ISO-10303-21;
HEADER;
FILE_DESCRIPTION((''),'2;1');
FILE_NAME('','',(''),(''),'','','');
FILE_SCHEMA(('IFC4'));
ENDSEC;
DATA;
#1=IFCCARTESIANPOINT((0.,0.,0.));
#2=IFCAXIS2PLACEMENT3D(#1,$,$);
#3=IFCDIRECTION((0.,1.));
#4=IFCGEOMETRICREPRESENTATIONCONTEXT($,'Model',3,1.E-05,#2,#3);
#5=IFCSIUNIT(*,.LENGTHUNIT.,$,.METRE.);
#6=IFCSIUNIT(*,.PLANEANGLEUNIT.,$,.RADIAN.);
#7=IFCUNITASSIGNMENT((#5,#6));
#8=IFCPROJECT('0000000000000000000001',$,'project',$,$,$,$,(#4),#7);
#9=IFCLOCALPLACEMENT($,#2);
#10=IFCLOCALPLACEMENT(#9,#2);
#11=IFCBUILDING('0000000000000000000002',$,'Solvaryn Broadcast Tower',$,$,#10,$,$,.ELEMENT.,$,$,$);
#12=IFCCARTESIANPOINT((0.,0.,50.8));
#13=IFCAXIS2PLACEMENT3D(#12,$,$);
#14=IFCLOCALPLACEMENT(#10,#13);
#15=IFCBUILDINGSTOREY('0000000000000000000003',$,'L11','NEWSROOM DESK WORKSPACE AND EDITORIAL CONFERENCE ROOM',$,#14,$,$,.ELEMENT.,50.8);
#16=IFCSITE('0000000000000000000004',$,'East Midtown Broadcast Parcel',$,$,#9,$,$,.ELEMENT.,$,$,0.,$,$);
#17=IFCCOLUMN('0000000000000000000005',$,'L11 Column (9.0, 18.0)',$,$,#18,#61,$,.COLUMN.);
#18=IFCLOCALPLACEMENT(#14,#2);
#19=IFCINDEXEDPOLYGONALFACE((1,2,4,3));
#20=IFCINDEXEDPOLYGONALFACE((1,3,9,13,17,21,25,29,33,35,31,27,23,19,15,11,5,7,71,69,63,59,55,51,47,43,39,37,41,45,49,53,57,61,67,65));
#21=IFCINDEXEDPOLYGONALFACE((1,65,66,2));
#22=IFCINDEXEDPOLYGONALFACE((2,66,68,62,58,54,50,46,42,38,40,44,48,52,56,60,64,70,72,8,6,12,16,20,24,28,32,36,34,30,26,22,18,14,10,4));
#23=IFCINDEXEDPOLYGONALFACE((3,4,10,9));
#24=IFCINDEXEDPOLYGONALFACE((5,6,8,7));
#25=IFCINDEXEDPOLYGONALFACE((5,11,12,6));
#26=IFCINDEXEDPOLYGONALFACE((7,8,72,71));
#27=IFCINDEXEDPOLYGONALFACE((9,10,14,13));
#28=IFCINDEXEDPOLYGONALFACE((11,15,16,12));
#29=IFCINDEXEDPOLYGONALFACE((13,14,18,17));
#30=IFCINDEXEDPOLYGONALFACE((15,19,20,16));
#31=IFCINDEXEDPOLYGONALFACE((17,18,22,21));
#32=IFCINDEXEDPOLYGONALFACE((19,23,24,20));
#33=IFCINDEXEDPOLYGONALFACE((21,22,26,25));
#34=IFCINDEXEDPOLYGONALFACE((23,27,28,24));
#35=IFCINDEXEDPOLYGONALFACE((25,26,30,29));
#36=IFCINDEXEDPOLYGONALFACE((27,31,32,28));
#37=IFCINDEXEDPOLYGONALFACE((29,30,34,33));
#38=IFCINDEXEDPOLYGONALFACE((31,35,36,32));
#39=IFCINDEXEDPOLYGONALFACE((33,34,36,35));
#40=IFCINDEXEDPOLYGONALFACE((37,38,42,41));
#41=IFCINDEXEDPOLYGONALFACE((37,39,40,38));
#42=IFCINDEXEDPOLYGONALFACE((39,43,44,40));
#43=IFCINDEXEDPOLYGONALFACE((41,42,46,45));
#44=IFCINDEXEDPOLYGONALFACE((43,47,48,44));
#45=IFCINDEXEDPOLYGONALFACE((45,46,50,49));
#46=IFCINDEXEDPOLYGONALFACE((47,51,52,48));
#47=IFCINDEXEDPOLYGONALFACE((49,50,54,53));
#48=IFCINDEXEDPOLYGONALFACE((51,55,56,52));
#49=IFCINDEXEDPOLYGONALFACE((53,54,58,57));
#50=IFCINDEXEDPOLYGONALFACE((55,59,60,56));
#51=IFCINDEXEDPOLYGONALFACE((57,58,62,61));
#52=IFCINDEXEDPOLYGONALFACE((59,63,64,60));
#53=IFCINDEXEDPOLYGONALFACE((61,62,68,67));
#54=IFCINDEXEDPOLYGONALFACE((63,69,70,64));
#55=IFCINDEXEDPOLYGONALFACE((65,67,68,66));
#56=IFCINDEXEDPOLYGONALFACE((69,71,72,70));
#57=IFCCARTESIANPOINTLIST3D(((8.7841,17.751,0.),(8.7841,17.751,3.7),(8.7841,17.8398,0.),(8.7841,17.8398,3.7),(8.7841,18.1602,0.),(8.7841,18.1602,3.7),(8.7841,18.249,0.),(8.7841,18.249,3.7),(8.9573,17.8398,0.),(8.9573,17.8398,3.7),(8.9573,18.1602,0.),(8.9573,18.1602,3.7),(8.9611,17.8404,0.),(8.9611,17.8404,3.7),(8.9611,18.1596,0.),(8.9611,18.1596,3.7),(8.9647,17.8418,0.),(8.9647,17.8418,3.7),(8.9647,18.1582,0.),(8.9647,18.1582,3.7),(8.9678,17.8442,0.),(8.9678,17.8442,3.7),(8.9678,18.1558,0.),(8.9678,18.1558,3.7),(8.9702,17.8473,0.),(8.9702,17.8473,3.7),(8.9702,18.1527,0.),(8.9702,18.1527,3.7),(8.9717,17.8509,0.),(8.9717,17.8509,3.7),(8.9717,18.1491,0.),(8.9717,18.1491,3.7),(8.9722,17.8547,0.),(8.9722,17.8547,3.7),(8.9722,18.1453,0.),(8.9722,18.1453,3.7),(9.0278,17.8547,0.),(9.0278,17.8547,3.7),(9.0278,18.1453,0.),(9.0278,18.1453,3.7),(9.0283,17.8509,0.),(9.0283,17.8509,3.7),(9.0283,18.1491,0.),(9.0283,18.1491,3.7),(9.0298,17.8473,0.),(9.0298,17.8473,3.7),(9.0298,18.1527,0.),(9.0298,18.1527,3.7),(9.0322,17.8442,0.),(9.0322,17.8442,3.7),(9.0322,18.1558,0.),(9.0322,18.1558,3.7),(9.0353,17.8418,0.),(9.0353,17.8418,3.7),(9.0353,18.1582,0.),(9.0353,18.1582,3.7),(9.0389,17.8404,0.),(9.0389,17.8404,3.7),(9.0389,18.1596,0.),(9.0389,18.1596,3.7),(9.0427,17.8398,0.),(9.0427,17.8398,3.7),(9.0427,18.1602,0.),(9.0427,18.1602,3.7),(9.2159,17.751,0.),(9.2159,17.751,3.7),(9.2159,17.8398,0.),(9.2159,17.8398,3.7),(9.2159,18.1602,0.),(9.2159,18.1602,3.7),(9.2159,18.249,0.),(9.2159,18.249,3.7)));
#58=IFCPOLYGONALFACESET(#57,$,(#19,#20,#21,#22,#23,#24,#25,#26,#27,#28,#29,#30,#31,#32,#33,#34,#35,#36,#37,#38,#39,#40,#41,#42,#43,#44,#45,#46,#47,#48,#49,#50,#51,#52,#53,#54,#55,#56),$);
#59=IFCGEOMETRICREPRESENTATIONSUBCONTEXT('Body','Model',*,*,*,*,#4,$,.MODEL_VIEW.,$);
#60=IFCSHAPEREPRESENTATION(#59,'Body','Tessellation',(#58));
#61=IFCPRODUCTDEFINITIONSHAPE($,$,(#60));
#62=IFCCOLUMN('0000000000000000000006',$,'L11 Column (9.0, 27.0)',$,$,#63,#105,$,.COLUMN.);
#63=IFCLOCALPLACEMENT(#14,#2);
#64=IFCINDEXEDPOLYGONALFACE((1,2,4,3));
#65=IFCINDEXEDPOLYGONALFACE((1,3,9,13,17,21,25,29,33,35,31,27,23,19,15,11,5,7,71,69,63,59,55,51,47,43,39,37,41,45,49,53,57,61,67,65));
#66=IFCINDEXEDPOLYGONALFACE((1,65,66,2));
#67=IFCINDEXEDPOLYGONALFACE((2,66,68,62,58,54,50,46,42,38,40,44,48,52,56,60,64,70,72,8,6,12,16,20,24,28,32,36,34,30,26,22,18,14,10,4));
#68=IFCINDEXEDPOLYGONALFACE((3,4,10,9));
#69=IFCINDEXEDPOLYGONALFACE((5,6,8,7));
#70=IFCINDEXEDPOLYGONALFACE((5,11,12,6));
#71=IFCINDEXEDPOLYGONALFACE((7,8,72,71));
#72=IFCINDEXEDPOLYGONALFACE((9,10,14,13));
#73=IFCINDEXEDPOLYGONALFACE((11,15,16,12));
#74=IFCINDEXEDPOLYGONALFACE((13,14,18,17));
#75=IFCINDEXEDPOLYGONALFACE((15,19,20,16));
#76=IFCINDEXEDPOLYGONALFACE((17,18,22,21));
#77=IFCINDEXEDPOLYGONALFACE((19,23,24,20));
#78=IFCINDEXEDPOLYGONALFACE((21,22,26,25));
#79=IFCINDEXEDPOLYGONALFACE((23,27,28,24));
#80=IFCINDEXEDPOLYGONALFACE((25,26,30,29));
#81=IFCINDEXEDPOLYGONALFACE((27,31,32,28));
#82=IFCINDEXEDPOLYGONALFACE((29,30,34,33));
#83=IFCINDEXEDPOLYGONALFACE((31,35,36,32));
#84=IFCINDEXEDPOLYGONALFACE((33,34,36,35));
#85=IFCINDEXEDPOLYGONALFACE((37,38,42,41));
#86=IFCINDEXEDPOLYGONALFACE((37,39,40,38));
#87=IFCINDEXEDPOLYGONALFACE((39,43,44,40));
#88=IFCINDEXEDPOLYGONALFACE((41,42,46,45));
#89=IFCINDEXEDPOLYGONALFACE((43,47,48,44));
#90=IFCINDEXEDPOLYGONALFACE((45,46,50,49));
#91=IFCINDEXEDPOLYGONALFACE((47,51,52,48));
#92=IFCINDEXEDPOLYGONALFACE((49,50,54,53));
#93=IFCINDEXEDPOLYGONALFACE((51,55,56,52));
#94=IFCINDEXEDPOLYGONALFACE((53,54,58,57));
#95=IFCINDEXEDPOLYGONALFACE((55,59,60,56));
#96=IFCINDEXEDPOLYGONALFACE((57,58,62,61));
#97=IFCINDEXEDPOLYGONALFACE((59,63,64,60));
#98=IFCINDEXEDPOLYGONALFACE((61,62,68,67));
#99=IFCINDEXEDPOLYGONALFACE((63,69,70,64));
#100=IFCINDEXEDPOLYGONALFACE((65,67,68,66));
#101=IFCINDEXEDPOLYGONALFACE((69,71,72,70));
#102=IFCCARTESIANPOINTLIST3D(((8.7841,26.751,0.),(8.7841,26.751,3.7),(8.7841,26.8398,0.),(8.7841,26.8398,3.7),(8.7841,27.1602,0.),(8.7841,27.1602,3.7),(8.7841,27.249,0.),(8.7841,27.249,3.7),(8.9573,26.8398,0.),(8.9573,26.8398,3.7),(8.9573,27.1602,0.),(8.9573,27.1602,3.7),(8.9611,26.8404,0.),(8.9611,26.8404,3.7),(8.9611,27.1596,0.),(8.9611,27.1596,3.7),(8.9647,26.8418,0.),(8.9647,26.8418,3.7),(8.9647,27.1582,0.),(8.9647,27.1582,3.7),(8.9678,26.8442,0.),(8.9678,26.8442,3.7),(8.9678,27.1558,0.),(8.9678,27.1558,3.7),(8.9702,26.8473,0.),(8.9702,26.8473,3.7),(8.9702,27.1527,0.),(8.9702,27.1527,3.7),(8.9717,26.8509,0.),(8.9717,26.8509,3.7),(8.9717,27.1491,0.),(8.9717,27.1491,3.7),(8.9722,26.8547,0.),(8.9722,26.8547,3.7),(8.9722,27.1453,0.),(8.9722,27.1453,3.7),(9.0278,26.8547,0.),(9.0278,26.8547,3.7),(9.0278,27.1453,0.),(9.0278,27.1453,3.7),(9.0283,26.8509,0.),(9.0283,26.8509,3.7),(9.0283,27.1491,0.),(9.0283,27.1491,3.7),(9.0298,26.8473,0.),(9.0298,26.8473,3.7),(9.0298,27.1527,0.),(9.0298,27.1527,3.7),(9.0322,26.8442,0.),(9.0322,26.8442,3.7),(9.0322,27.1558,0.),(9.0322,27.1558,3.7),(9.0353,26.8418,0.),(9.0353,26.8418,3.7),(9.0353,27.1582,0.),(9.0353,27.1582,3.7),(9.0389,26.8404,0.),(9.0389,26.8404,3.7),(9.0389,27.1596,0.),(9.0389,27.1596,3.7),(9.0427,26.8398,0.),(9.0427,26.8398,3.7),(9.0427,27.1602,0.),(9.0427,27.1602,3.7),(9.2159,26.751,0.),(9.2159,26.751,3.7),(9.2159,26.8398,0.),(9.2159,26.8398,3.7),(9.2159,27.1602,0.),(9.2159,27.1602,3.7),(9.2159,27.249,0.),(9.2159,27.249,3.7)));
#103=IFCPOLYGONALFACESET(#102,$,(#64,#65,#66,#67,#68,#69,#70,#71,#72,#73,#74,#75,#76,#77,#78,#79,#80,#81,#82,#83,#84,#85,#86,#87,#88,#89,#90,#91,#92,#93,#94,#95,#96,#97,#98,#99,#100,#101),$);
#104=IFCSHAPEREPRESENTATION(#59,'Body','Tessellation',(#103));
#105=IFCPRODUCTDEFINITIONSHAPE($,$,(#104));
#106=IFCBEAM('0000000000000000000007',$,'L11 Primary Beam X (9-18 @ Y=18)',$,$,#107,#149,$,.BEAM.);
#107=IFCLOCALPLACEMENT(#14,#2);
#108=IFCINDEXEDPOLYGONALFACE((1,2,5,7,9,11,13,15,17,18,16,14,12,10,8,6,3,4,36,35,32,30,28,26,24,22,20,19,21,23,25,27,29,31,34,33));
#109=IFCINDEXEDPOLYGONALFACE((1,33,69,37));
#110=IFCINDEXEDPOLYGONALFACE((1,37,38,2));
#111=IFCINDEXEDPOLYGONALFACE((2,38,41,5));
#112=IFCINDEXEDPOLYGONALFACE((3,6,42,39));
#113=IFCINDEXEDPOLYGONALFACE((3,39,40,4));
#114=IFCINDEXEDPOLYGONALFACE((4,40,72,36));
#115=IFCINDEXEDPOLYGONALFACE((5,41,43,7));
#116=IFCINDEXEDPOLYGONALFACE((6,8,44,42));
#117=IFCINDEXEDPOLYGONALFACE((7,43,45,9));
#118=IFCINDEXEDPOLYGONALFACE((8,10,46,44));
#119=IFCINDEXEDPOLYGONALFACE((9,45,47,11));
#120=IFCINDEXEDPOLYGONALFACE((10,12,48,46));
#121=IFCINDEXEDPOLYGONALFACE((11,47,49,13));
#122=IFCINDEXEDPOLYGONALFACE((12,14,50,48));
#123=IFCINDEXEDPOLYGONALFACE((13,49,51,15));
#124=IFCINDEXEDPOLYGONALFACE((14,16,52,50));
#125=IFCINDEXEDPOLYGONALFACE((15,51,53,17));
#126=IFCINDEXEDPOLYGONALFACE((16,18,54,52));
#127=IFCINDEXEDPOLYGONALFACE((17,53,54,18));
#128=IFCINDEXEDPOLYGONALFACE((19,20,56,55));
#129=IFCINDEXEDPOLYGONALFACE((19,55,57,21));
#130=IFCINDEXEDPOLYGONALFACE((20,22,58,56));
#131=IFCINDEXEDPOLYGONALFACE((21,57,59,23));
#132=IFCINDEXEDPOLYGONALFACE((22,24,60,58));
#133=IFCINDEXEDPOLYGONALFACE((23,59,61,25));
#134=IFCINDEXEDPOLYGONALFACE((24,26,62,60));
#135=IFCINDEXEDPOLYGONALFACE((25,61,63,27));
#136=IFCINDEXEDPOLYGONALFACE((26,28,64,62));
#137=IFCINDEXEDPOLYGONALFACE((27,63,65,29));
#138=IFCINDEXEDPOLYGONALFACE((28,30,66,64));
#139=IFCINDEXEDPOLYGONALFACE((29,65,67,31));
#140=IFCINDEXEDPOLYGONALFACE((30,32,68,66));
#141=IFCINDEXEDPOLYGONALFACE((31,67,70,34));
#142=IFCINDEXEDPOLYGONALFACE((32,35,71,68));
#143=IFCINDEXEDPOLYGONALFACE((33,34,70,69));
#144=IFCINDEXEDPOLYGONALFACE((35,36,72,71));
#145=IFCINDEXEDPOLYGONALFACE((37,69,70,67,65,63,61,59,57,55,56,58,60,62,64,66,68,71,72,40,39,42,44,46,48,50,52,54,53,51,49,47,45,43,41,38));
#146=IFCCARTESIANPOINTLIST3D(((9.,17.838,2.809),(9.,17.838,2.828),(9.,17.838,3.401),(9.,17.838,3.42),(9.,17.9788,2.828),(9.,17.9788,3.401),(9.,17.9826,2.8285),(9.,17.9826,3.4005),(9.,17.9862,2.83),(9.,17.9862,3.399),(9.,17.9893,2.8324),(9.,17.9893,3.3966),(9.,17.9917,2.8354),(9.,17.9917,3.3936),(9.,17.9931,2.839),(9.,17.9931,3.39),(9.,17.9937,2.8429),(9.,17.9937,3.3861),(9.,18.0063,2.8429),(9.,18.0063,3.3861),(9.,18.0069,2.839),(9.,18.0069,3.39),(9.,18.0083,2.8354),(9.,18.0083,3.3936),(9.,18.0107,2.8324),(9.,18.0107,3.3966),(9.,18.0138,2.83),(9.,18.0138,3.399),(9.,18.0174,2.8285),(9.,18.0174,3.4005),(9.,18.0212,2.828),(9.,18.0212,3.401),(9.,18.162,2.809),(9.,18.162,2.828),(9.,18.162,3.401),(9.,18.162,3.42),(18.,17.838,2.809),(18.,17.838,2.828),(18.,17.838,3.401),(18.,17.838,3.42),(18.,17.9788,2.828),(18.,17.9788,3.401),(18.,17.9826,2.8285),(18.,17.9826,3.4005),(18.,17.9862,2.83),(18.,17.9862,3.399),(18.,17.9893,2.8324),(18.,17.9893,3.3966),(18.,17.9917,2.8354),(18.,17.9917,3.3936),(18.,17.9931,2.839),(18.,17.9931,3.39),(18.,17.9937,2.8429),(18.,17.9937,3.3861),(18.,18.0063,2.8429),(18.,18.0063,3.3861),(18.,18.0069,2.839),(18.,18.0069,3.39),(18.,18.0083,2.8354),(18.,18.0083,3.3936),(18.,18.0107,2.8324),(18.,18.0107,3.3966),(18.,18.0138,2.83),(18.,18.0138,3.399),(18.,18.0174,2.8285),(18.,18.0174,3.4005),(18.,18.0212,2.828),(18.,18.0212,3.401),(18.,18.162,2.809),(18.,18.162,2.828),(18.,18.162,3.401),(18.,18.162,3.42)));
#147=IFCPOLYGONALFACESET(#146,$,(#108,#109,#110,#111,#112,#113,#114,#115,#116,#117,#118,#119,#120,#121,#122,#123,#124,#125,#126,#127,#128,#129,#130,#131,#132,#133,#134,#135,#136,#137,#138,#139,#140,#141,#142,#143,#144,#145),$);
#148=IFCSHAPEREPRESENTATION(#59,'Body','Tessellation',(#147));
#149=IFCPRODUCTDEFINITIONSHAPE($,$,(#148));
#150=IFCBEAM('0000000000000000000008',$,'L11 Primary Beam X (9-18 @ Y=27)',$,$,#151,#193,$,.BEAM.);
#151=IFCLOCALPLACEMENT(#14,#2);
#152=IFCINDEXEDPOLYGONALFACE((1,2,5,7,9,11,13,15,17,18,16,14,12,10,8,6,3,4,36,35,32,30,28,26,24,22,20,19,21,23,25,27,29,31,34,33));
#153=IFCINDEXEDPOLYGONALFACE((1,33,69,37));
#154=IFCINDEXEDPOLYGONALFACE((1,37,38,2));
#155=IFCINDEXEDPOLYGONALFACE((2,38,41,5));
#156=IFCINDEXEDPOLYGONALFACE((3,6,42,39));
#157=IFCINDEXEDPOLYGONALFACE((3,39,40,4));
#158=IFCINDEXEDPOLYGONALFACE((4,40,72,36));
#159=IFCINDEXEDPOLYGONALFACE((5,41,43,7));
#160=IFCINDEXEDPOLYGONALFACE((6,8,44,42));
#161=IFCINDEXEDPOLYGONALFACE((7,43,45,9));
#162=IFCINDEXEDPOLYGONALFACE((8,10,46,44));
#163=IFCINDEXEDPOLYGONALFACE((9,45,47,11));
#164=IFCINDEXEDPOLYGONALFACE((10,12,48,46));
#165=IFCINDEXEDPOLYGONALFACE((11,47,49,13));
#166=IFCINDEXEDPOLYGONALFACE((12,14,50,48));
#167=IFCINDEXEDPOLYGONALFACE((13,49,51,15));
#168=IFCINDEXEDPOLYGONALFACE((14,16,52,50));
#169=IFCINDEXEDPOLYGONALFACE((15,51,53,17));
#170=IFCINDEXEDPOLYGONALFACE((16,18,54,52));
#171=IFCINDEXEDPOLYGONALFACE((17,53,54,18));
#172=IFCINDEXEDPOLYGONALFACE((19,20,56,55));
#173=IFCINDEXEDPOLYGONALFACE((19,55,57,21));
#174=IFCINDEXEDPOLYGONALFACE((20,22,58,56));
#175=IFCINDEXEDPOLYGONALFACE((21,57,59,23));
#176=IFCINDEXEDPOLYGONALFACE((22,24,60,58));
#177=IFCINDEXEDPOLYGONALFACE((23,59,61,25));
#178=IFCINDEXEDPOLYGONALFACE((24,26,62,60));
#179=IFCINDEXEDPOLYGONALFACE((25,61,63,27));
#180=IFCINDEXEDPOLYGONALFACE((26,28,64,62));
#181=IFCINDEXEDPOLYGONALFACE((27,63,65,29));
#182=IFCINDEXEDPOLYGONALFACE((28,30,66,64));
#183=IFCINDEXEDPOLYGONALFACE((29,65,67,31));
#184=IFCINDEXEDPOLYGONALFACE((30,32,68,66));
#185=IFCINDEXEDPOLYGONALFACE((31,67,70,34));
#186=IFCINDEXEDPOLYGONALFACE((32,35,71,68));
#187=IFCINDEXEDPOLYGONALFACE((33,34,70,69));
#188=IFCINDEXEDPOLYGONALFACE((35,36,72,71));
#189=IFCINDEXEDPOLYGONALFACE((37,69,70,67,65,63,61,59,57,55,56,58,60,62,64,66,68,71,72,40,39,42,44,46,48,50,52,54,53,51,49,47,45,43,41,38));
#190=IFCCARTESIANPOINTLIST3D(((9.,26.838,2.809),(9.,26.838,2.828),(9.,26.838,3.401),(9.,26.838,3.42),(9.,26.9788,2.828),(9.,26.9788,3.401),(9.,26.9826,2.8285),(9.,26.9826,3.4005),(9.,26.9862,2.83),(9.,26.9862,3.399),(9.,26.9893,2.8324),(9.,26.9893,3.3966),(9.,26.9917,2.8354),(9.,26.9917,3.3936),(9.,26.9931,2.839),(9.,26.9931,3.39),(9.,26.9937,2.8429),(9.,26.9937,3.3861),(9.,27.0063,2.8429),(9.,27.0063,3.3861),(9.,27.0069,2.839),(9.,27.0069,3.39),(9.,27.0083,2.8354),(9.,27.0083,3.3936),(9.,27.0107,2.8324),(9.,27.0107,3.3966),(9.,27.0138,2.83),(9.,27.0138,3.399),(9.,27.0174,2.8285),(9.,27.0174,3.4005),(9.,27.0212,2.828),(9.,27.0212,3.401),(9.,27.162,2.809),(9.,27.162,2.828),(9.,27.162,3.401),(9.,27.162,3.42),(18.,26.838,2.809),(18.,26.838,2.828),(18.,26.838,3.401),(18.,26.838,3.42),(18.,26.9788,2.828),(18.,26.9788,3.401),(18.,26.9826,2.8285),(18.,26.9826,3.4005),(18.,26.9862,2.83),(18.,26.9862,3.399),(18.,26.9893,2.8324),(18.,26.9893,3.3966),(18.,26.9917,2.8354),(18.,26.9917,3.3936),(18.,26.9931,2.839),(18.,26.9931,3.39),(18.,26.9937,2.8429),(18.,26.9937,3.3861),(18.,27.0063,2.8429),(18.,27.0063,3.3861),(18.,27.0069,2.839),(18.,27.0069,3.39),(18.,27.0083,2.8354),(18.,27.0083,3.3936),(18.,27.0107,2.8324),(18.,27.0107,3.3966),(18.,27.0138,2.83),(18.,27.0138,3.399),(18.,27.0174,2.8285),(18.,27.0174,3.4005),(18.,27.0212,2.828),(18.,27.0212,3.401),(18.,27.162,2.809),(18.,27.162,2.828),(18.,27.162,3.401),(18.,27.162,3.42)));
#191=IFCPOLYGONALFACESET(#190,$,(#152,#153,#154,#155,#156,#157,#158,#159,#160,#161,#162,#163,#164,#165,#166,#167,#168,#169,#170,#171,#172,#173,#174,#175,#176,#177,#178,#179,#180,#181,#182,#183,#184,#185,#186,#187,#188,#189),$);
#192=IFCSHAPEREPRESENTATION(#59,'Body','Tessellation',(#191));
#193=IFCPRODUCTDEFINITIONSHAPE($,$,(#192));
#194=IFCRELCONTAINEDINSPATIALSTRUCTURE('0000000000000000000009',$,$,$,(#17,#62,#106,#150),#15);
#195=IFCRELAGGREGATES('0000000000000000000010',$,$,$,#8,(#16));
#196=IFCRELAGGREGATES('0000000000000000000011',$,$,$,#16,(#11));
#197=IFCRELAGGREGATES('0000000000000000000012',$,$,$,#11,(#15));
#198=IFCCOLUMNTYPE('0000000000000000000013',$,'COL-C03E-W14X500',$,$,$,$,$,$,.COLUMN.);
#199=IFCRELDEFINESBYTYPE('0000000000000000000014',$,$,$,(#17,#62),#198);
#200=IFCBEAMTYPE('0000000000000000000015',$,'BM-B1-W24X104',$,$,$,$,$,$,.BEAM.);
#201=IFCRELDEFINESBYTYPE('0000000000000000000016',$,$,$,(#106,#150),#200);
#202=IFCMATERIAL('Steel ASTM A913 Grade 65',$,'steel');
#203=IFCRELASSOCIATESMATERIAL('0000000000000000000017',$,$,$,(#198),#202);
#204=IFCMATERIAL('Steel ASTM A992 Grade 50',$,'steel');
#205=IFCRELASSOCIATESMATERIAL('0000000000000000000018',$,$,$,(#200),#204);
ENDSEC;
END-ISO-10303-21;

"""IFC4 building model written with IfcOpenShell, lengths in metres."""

from ifc_helpers import new_model, si_unit, direction, frame, origin, origin_2d, place, context, subcontext, project, spatial, i_section, extrude, material, material_profile, profile_set, type_object, element, save


model = new_model("IFC4")

# Units and contexts
model_context = context("Model", 3, precision=1e-05, world=origin(), true_north=direction((0.0, 1.0)))
body_context = subcontext(model_context, "Body", "Model", "MODEL_VIEW")
ifc_project = project(units=[si_unit("LENGTHUNIT", "METRE"), si_unit("PLANEANGLEUNIT", "RADIAN")], contexts=[model_context])

# Site, building, storey
site_placement = place(None, origin())
site = spatial("IfcSite", under=ifc_project, at=site_placement, Name="East Midtown Broadcast Parcel", CompositionType="ELEMENT", RefElevation=0.0)
building_placement = place(site_placement, origin())
building = spatial("IfcBuilding", under=site, at=building_placement, Name="Solvaryn Broadcast Tower", CompositionType="ELEMENT")
storey_placement = place(building_placement, frame((0.0, 0.0, 50.8)))
storey = spatial("IfcBuildingStorey", under=building, at=storey_placement, Name="L11", Description="NEWSROOM DESK WORKSPACE AND EDITORIAL CONFERENCE ROOM", CompositionType="ELEMENT", Elevation=50.8)

# Columns
ifc_material_1 = material(Name="Steel ASTM A913 Grade 65", Category="steel")
ifc_material_profile_1 = material_profile(ifc_material_1, i_section(OverallWidth=0.4319, OverallDepth=0.498, WebThickness=0.0557, FlangeThickness=0.0889, FilletRadius=0.0149, at=origin_2d()))
ifc_profile_set_1 = profile_set([ifc_material_profile_1], Name="Steel ASTM A913 Grade 65")
column_type = type_object("IfcColumnType", Name="COL-C03E-W14X500", PredefinedType="COLUMN", material=ifc_profile_set_1)
for number, where, z_axis, x_axis, name in (
    (1, (9.0, 18.0, 0.0), (0.0, 0.0, 1.0), (1.0, 0.0, 0.0), "L11 Column (9.0, 18.0)"),
    (2, (9.0, 27.0, 0.0), (0.0, 0.0, 1.0), (1.0, 0.0, 0.0), "L11 Column (9.0, 27.0)"),
):
    element("IfcColumn", number, at=place(storey_placement, frame(where, z_axis=z_axis, x_axis=x_axis)), inside=storey, type_object=column_type, Name=name, PredefinedType="COLUMN", context=body_context, shape_type="SweptSolid", body=[
        extrude(i_section(OverallWidth=0.4319, OverallDepth=0.498, WebThickness=0.0557, FlangeThickness=0.0889, FilletRadius=0.0149, at=origin_2d()), origin(), (0.0, 0.0, 1.0), 3.7),
    ])

# Beams
ifc_material_2 = material(Name="Steel ASTM A992 Grade 50", Category="steel")
ifc_material_profile_2 = material_profile(ifc_material_2, i_section(OverallWidth=0.324, OverallDepth=0.6111, WebThickness=0.0127, FlangeThickness=0.019, FilletRadius=0.0149, at=origin_2d()))
ifc_profile_set_2 = profile_set([ifc_material_profile_2], Name="Steel ASTM A992 Grade 50")
beam_type_1 = type_object("IfcBeamType", Name="BM-B1-W24X104", PredefinedType="BEAM", material=ifc_profile_set_2)
for number, where, z_axis, x_axis, name in (
    (3, (9.0, 18.0, 3.1145), (1.0, 0.0, 0.0), (0.0, 1.0, 0.0), "L11 Primary Beam X (9-18 @ Y=18)"),
    (4, (9.0, 27.0, 3.1145), (1.0, 0.0, 0.0), (0.0, 1.0, 0.0), "L11 Primary Beam X (9-18 @ Y=27)"),
):
    element("IfcBeam", number, at=place(storey_placement, frame(where, z_axis=z_axis, x_axis=x_axis)), inside=storey, type_object=beam_type_1, Name=name, PredefinedType="BEAM", context=body_context, shape_type="SweptSolid", body=[
        extrude(i_section(OverallWidth=0.324, OverallDepth=0.6111, WebThickness=0.0127, FlangeThickness=0.019, FilletRadius=0.0149, at=origin_2d()), origin(), (0.0, 0.0, 1.0), 9.0),
    ])

save(model, "model.ifc")
